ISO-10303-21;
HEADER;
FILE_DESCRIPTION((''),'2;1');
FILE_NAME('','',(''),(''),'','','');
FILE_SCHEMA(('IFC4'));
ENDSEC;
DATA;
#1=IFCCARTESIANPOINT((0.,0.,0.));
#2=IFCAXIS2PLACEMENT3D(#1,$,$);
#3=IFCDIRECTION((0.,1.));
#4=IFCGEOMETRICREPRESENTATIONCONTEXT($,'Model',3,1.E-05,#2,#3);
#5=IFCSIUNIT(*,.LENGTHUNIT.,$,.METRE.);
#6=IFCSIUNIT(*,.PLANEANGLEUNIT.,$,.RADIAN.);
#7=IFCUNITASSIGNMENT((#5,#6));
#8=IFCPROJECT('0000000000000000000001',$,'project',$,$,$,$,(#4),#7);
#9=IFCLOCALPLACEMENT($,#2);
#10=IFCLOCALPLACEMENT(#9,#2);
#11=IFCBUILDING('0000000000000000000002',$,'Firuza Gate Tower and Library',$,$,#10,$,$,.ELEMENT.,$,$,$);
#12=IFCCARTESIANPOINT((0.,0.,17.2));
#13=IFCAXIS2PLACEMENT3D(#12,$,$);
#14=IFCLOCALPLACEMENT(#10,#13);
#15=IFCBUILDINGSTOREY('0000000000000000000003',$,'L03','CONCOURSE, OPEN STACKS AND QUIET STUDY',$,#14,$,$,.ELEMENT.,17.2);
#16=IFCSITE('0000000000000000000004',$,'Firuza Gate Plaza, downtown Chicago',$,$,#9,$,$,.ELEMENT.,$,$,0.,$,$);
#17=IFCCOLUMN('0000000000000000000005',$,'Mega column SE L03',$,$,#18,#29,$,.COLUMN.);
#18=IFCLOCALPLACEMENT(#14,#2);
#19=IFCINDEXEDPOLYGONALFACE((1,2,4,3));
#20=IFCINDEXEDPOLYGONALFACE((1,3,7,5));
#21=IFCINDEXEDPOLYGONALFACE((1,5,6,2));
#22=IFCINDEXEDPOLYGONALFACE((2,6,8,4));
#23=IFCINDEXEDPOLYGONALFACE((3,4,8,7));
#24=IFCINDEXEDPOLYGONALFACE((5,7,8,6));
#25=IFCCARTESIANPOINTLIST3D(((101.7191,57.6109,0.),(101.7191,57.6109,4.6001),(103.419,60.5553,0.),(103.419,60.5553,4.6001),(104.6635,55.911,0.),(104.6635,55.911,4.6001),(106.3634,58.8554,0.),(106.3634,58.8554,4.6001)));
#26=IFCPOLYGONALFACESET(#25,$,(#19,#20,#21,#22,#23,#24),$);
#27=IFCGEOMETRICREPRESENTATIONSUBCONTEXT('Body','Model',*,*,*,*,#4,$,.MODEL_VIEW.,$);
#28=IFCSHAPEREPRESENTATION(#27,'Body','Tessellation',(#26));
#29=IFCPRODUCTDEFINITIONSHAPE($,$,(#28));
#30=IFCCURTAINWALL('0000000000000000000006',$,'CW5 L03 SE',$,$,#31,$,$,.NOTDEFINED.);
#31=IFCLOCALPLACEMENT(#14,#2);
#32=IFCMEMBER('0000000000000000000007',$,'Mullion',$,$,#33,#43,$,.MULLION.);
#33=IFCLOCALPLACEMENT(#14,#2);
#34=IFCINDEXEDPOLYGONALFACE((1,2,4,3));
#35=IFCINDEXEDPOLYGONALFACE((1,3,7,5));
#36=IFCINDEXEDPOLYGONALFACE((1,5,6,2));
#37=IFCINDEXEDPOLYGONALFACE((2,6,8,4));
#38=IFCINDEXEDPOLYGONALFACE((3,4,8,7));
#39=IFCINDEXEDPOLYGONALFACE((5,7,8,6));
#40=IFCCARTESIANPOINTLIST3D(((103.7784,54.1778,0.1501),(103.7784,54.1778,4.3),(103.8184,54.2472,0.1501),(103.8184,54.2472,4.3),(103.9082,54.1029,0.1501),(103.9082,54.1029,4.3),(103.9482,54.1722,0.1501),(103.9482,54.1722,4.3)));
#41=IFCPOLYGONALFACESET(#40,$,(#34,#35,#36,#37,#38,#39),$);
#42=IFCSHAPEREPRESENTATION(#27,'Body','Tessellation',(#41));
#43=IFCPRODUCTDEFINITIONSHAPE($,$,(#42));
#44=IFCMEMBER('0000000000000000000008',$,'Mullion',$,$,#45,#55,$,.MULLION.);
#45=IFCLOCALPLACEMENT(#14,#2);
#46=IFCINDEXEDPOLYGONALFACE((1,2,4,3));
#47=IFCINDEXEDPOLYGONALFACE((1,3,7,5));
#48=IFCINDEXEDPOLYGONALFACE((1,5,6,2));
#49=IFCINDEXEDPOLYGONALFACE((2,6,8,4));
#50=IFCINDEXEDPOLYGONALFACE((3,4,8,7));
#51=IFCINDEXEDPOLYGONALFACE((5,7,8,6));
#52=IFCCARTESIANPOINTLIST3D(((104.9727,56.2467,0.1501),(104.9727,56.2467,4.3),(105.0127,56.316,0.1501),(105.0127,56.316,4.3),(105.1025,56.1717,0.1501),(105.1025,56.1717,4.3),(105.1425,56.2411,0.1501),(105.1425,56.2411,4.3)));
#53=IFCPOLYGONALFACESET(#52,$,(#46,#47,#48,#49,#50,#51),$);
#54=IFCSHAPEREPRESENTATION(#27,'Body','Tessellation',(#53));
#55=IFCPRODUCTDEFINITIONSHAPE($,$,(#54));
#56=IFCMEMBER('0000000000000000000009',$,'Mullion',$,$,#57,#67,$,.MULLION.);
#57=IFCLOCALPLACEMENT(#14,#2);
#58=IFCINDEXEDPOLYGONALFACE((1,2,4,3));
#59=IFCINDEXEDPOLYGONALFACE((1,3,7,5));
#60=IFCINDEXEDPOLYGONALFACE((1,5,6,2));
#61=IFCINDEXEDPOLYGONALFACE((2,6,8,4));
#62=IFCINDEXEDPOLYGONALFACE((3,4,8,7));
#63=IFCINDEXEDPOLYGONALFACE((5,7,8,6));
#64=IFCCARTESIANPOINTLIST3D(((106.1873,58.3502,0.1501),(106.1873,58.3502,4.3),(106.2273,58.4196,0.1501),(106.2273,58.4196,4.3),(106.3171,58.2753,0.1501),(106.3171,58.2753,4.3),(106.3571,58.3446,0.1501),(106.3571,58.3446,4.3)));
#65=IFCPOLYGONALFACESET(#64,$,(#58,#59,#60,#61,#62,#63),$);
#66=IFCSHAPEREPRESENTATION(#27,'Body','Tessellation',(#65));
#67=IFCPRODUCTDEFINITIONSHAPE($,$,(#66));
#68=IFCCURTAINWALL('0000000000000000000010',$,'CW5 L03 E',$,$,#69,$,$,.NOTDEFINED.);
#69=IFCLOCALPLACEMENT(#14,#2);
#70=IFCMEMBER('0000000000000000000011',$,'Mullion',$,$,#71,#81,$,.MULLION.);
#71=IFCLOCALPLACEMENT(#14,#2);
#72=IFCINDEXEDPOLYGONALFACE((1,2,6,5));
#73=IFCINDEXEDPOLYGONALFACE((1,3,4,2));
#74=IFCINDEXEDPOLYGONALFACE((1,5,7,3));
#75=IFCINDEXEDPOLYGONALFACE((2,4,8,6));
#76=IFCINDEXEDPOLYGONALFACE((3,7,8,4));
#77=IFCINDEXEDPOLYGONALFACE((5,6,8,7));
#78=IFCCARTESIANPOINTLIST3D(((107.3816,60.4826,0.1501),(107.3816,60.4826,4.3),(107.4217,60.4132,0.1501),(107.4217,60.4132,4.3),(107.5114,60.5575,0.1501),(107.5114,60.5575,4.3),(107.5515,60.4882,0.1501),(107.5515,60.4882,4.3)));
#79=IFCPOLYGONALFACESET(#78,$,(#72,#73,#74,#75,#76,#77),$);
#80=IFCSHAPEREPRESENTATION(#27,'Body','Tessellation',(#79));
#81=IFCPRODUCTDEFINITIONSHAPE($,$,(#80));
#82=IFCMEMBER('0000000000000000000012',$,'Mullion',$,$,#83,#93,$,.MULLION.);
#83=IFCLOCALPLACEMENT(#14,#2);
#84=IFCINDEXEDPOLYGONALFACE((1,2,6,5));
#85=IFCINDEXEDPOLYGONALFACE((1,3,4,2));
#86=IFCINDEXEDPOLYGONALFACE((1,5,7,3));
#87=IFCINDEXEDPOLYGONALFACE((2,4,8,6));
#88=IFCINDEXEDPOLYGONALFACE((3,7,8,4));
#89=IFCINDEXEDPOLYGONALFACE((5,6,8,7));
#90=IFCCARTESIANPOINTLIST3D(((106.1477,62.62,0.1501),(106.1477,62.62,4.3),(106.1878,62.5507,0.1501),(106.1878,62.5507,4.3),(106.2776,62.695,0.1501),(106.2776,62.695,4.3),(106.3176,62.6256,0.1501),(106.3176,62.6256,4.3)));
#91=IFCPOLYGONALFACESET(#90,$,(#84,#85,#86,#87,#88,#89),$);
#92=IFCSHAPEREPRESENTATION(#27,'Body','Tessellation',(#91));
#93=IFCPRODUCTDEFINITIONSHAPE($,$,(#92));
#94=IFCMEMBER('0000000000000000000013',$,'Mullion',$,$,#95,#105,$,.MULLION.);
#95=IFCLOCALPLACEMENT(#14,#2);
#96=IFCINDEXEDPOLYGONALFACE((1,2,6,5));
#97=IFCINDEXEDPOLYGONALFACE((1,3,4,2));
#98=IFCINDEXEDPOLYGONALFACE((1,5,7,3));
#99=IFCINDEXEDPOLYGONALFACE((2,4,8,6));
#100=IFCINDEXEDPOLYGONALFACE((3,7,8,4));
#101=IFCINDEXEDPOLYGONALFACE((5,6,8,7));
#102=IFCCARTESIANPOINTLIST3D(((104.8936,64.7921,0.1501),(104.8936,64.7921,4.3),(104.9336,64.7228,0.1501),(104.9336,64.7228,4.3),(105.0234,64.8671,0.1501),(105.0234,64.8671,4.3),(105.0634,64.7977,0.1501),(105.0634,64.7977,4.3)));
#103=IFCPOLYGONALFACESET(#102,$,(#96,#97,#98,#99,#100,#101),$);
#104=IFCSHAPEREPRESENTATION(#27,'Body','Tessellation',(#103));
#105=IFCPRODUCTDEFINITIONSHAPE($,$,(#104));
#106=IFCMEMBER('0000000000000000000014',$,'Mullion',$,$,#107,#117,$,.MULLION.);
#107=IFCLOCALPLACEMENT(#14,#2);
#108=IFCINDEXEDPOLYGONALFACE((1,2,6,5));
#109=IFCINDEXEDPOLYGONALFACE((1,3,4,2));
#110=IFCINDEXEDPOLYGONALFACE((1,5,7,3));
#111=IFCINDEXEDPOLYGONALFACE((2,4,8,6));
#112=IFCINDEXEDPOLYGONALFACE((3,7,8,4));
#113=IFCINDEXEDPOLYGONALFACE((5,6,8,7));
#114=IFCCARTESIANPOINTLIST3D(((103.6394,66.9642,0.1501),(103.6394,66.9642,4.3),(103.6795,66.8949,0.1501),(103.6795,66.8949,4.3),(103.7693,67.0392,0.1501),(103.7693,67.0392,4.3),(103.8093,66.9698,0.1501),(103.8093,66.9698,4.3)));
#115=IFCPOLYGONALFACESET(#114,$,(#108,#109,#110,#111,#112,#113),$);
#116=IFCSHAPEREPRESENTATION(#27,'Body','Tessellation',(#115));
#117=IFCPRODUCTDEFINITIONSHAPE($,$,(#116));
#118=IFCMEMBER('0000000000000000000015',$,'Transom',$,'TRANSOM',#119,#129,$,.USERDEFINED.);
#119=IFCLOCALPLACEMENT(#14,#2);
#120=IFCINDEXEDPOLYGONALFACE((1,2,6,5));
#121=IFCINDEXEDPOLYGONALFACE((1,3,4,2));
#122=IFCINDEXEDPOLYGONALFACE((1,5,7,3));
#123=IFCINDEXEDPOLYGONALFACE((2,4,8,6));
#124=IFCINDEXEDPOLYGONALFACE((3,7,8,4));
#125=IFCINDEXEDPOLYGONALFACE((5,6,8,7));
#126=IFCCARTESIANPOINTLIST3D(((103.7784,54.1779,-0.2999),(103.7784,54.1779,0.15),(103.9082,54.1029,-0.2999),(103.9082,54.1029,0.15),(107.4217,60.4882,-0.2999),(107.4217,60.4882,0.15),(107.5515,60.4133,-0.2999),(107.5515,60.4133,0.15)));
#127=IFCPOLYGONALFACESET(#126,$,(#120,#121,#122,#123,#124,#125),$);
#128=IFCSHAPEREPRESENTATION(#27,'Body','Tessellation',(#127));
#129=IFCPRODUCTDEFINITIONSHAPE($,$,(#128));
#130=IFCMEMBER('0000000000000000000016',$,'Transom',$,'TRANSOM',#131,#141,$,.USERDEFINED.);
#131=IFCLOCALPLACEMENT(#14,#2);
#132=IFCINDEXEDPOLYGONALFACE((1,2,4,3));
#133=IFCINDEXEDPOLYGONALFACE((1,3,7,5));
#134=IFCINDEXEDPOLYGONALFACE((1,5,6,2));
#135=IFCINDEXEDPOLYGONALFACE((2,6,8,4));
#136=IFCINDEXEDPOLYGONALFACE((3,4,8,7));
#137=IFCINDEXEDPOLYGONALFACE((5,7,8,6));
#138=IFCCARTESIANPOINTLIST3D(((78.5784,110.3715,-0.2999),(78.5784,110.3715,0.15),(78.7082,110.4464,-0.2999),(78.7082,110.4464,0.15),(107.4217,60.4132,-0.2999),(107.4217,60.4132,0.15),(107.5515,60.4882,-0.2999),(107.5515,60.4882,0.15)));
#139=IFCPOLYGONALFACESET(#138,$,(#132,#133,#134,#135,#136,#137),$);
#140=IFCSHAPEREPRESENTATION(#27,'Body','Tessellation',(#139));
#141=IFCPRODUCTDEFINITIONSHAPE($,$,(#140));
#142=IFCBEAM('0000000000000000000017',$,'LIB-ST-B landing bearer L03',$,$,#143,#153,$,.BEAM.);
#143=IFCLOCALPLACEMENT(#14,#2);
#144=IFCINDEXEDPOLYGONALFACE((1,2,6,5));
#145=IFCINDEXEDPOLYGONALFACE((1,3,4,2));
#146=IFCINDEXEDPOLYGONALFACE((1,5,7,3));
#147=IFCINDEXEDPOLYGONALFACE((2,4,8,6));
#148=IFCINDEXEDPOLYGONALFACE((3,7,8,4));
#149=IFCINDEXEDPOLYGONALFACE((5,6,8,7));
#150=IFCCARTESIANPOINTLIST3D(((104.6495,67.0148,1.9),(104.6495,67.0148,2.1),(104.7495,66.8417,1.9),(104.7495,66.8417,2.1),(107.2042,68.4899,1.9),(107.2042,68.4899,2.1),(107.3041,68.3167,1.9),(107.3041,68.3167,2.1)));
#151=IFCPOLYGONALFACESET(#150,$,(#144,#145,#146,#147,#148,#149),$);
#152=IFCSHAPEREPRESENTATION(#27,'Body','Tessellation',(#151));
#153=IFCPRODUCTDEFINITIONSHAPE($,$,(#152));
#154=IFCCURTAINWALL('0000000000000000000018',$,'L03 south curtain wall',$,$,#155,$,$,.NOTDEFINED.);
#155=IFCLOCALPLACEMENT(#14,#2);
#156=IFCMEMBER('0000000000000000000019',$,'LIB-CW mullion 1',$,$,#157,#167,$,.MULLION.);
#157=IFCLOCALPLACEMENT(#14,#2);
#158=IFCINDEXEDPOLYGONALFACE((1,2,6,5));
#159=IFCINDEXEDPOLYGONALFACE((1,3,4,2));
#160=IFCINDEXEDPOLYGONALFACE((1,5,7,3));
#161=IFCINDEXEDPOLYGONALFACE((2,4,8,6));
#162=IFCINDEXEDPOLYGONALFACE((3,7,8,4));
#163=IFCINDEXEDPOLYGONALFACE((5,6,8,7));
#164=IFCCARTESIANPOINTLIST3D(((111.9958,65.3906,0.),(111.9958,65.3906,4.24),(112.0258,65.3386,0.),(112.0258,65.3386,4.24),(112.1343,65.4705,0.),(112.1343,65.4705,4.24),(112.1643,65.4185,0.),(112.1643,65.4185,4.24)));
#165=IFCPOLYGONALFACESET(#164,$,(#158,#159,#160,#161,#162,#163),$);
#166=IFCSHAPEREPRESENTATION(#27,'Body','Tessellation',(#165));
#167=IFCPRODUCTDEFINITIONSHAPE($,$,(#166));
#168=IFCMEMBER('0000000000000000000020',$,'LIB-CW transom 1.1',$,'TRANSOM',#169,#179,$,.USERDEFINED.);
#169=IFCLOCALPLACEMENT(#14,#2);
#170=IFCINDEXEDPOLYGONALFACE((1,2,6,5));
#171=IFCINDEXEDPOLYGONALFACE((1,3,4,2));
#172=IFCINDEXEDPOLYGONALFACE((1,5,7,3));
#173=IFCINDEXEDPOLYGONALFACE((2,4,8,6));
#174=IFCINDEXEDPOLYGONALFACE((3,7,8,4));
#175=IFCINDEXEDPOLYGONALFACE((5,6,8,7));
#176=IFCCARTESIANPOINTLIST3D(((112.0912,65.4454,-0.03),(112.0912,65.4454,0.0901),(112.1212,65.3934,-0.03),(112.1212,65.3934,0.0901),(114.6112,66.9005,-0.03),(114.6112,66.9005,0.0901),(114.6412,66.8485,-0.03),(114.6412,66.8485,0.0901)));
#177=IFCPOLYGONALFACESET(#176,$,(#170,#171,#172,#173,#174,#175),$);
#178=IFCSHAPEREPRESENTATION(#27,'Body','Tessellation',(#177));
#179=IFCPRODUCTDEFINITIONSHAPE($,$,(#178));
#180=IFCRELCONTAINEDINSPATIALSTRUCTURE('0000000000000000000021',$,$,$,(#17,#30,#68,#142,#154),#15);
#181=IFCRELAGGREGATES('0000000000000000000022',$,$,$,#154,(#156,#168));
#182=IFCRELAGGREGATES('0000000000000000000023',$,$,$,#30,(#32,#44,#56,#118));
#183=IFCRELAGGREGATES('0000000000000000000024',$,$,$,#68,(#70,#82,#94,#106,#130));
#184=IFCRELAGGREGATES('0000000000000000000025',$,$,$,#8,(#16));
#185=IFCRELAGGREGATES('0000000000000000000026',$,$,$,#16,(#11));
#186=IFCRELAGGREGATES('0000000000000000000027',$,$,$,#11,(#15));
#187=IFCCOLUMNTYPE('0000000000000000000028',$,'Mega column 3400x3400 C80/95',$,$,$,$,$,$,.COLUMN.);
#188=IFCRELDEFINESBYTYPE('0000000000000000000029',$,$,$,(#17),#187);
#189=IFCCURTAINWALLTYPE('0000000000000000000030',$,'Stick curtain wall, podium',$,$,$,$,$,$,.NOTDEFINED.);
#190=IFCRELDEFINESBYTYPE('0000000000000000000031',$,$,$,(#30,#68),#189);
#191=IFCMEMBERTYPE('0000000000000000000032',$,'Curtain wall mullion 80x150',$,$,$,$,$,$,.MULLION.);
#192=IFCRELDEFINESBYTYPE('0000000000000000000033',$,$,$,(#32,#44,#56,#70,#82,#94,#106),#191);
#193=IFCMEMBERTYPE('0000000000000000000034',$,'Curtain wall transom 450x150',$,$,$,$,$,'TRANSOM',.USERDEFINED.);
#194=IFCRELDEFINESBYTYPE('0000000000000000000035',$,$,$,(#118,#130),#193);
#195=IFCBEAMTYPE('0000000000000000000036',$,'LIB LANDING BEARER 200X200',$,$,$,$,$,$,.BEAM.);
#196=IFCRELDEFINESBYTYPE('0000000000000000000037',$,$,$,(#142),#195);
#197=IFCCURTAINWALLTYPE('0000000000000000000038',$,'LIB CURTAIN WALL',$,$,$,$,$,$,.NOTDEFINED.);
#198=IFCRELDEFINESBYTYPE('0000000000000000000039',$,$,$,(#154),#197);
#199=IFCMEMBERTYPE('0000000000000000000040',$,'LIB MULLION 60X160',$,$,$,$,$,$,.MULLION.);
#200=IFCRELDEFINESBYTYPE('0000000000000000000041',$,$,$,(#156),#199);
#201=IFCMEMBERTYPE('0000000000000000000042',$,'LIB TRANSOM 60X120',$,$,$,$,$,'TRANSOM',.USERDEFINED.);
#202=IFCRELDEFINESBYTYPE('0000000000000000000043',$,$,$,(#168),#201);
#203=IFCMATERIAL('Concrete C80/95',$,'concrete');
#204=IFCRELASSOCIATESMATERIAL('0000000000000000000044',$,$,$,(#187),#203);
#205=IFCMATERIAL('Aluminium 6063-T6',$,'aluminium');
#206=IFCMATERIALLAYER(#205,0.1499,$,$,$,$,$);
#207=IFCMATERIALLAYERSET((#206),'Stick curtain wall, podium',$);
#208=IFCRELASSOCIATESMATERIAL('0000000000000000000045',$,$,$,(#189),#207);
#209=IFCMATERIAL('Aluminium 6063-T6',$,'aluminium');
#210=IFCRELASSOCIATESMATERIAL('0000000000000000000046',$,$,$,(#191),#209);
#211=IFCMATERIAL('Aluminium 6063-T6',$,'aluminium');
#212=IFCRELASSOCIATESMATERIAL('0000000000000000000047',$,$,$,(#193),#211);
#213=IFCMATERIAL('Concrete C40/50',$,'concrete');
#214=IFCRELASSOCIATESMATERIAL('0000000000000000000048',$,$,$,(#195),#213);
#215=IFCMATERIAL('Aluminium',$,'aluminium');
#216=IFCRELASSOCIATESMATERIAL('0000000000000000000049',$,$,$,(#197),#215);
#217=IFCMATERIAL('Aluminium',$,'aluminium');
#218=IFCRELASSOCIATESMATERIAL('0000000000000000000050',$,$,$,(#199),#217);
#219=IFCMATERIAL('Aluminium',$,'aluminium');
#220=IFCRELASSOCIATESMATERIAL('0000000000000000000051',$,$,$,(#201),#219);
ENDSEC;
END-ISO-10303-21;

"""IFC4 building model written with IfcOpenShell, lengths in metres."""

from ifc_helpers import new_model, si_unit, direction, frame, origin, origin_2d, place, context, subcontext, project, spatial, rectangle, extrude, material, layer, layer_set, material_profile, profile_set, type_object, element, aggregate, save


model = new_model("IFC4")

# Units and contexts
model_context = context("Model", 3, precision=1e-05, world=origin(), true_north=direction((0.0, 1.0)))
body_context = subcontext(model_context, "Body", "Model", "MODEL_VIEW")
ifc_project = project(units=[si_unit("LENGTHUNIT", "METRE"), si_unit("PLANEANGLEUNIT", "RADIAN")], contexts=[model_context])

# Site, building, storey
site_placement = place(None, origin())
site = spatial("IfcSite", under=ifc_project, at=site_placement, Name="Firuza Gate Plaza, downtown Chicago", CompositionType="ELEMENT", RefElevation=0.0)
building_placement = place(site_placement, origin())
building = spatial("IfcBuilding", under=site, at=building_placement, Name="Firuza Gate Tower and Library", CompositionType="ELEMENT")
storey_placement = place(building_placement, frame((0.0, 0.0, 17.2)))
storey = spatial("IfcBuildingStorey", under=building, at=storey_placement, Name="L03", Description="CONCOURSE, OPEN STACKS AND QUIET STUDY", CompositionType="ELEMENT", Elevation=17.2)

# Column
ifc_material_1 = material(Name="Concrete C80/95", Category="concrete")
ifc_material_profile_1 = material_profile(ifc_material_1, rectangle(XDim=3.3999, YDim=3.3999, at=origin_2d()))
ifc_profile_set_1 = profile_set([ifc_material_profile_1], Name="Concrete C80/95")
column_type = type_object("IfcColumnType", Name="Mega column 3400x3400 C80/95", PredefinedType="COLUMN", material=ifc_profile_set_1)
column_placement = place(storey_placement, frame((104.0413, 58.2332, 0.0), z_axis=(0.0, 0.0, 1.0), x_axis=(0.5, 0.866025, 0.0)))
element("IfcColumn", 1, at=column_placement, inside=storey, type_object=column_type, Name="Mega column SE L03", PredefinedType="COLUMN", context=body_context, shape_type="SweptSolid", body=[
    extrude(rectangle(XDim=3.3999, YDim=3.3999, at=origin_2d()), origin(), (0.0, 0.0, 1.0), 4.6001),
])

# Curtain walls, members
ifc_material_2 = material(Name="Aluminium 6063-T6", Category="aluminium")
ifc_layer_1 = layer(ifc_material_2, 0.1499)
ifc_layer_set_1 = layer_set([ifc_layer_1], Name="Stick curtain wall, podium")
curtain_wall_type_1 = type_object("IfcCurtainWallType", Name="Stick curtain wall, podium", PredefinedType="NOTDEFINED", material=ifc_layer_set_1)
placement = place(storey_placement, origin())
curtain_wall_1 = element("IfcCurtainWall", 2, at=placement, inside=storey, type_object=curtain_wall_type_1, Name="CW5 L03 SE", PredefinedType="NOTDEFINED")
ifc_material_3 = material(Name="Aluminium 6063-T6", Category="aluminium")
ifc_material_profile_2 = material_profile(ifc_material_3, rectangle(XDim=0.1499, YDim=0.0801, at=origin_2d()))
ifc_profile_set_2 = profile_set([ifc_material_profile_2], Name="Aluminium 6063-T6")
member_type_1 = type_object("IfcMemberType", Name="Curtain wall mullion 80x150", PredefinedType="MULLION", material=ifc_profile_set_2)
member_1_placement = place(storey_placement, frame((103.8633, 54.175, 0.1501), z_axis=(0.0, 0.0, 1.0), x_axis=(-0.866025, 0.5, 0.0)))
member_1 = element("IfcMember", 3, at=member_1_placement, type_object=member_type_1, Name="Mullion", PredefinedType="MULLION", context=body_context, shape_type="SweptSolid", body=[
    extrude(rectangle(XDim=0.1499, YDim=0.0801, at=origin_2d()), origin(), (0.0, 0.0, 1.0), 4.1499),
])
member_2_placement = place(storey_placement, frame((105.0576, 56.2439, 0.1501), z_axis=(0.0, 0.0, 1.0), x_axis=(-0.866025, 0.5, 0.0)))
member_2 = element("IfcMember", 4, at=member_2_placement, type_object=member_type_1, Name="Mullion", PredefinedType="MULLION", context=body_context, shape_type="SweptSolid", body=[
    extrude(rectangle(XDim=0.1499, YDim=0.0801, at=origin_2d()), origin(), (0.0, 0.0, 1.0), 4.1499),
])
member_3_placement = place(storey_placement, frame((106.2722, 58.3474, 0.1501), z_axis=(0.0, 0.0, 1.0), x_axis=(-0.866025, 0.5, 0.0)))
member_3 = element("IfcMember", 5, at=member_3_placement, type_object=member_type_1, Name="Mullion", PredefinedType="MULLION", context=body_context, shape_type="SweptSolid", body=[
    extrude(rectangle(XDim=0.1499, YDim=0.0801, at=origin_2d()), origin(), (0.0, 0.0, 1.0), 4.1499),
])
curtain_wall_2 = element("IfcCurtainWall", 6, at=placement, inside=storey, type_object=curtain_wall_type_1, Name="CW5 L03 E", PredefinedType="NOTDEFINED")
member_4_placement = place(storey_placement, frame((107.4666, 60.4854, 0.1501), z_axis=(0.0, 0.0, 1.0), x_axis=(-0.866025, -0.5, 0.0)))
member_4 = element("IfcMember", 7, at=member_4_placement, type_object=member_type_1, Name="Mullion", PredefinedType="MULLION", context=body_context, shape_type="SweptSolid", body=[
    extrude(rectangle(XDim=0.1499, YDim=0.0801, at=origin_2d()), origin(), (0.0, 0.0, 1.0), 4.1499),
])
member_5_placement = place(storey_placement, frame((106.2327, 62.6228, 0.1501), z_axis=(0.0, 0.0, 1.0), x_axis=(-0.866025, -0.5, 0.0)))
member_5 = element("IfcMember", 8, at=member_5_placement, type_object=member_type_1, Name="Mullion", PredefinedType="MULLION", context=body_context, shape_type="SweptSolid", body=[
    extrude(rectangle(XDim=0.1499, YDim=0.0801, at=origin_2d()), origin(), (0.0, 0.0, 1.0), 4.1499),
])
member_6_placement = place(storey_placement, frame((104.9785, 64.7949, 0.1501), z_axis=(0.0, 0.0, 1.0), x_axis=(-0.866025, -0.5, 0.0)))
member_6 = element("IfcMember", 9, at=member_6_placement, type_object=member_type_1, Name="Mullion", PredefinedType="MULLION", context=body_context, shape_type="SweptSolid", body=[
    extrude(rectangle(XDim=0.1499, YDim=0.0801, at=origin_2d()), origin(), (0.0, 0.0, 1.0), 4.1499),
])
member_7_placement = place(storey_placement, frame((103.7244, 66.967, 0.1501), z_axis=(0.0, 0.0, 1.0), x_axis=(-0.866025, -0.5, 0.0)))
member_7 = element("IfcMember", 10, at=member_7_placement, type_object=member_type_1, Name="Mullion", PredefinedType="MULLION", context=body_context, shape_type="SweptSolid", body=[
    extrude(rectangle(XDim=0.1499, YDim=0.0801, at=origin_2d()), origin(), (0.0, 0.0, 1.0), 4.1499),
])

# Members
ifc_material_4 = material(Name="Aluminium 6063-T6", Category="aluminium")
ifc_material_profile_3 = material_profile(ifc_material_4, rectangle(XDim=0.1499, YDim=0.45, at=origin_2d()))
ifc_profile_set_3 = profile_set([ifc_material_profile_3], Name="Aluminium 6063-T6")
member_type_2 = type_object("IfcMemberType", Name="Curtain wall transom 450x150", ElementType="TRANSOM", PredefinedType="USERDEFINED", material=ifc_profile_set_3)
member_8_placement = place(storey_placement, frame((103.8433, 54.1404, -0.075), z_axis=(0.500006, 0.866022, 0.0), x_axis=(-0.866022, 0.500006, 0.0)))
member_8 = element("IfcMember", 11, at=member_8_placement, type_object=member_type_2, Name="Transom", ObjectType="TRANSOM", PredefinedType="USERDEFINED", context=body_context, shape_type="SweptSolid", body=[
    extrude(rectangle(XDim=0.1499, YDim=0.45, at=origin_2d()), origin(), (0.0, 0.0, 1.0), 7.2866),
])
member_9_placement = place(storey_placement, frame((107.4866, 60.4507, -0.075), z_axis=(-0.499998, 0.866027, 0.0), x_axis=(-0.866027, -0.499998, 0.0)))
member_9 = element("IfcMember", 12, at=member_9_placement, type_object=member_type_2, Name="Transom", ObjectType="TRANSOM", PredefinedType="USERDEFINED", context=body_context, shape_type="SweptSolid", body=[
    extrude(rectangle(XDim=0.1499, YDim=0.45, at=origin_2d()), origin(), (0.0, 0.0, 1.0), 57.6868),
])

# Beam
ifc_material_5 = material(Name="Concrete C40/50", Category="concrete")
ifc_material_profile_4 = material_profile(ifc_material_5, rectangle(XDim=0.2, YDim=0.2, at=origin_2d()))
ifc_profile_set_4 = profile_set([ifc_material_profile_4], Name="Concrete C40/50")
beam_type_1 = type_object("IfcBeamType", Name="LIB LANDING BEARER 200X200", PredefinedType="BEAM", material=ifc_profile_set_4)
beam_1_placement = place(storey_placement, frame((107.2542, 68.4033, 2.0), z_axis=(-0.866004, -0.500038, 0.0), x_axis=(0.500038, -0.866004, 0.0)))
element("IfcBeam", 13, at=beam_1_placement, inside=storey, type_object=beam_type_1, Name="LIB-ST-B landing bearer L03", PredefinedType="BEAM", context=body_context, shape_type="SweptSolid", body=[
    extrude(rectangle(XDim=0.2, YDim=0.2, at=origin_2d()), origin(), (0.0, 0.0, 1.0), 2.95),
])

# Curtain wall, members
ifc_material_6 = material(Name="Aluminium", Category="aluminium")
curtain_wall_type_2 = type_object("IfcCurtainWallType", Name="LIB CURTAIN WALL", PredefinedType="NOTDEFINED", material=ifc_material_6)
curtain_wall_3 = element("IfcCurtainWall", 14, at=placement, inside=storey, type_object=curtain_wall_type_2, Name="L03 south curtain wall", PredefinedType="NOTDEFINED")
ifc_material_7 = material(Name="Aluminium", Category="aluminium")
ifc_material_profile_5 = material_profile(ifc_material_7, rectangle(XDim=0.0601, YDim=0.1599, at=origin_2d()))
ifc_profile_set_5 = profile_set([ifc_material_profile_5], Name="Aluminium")
member_type_3 = type_object("IfcMemberType", Name="LIB MULLION 60X160", PredefinedType="MULLION", material=ifc_profile_set_5)
member_10_placement = place(storey_placement, frame((112.0801, 65.4045, 0.0), z_axis=(0.0, 0.0, 1.0), x_axis=(-0.500001, 0.866025, 0.0)))
member_10 = element("IfcMember", 15, at=member_10_placement, type_object=member_type_3, Name="LIB-CW mullion 1", PredefinedType="MULLION", context=body_context, shape_type="SweptSolid", body=[
    extrude(rectangle(XDim=0.0601, YDim=0.1599, at=origin_2d()), origin(), (0.0, 0.0, 1.0), 4.24),
])
ifc_material_8 = material(Name="Aluminium", Category="aluminium")
ifc_material_profile_6 = material_profile(ifc_material_8, rectangle(XDim=0.0601, YDim=0.1201, at=origin_2d()))
ifc_profile_set_6 = profile_set([ifc_material_profile_6], Name="Aluminium")
member_type_4 = type_object("IfcMemberType", Name="LIB TRANSOM 60X120", ElementType="TRANSOM", PredefinedType="USERDEFINED", material=ifc_profile_set_6)
member_11_placement = place(storey_placement, frame((112.1062, 65.4194, 0.03), z_axis=(0.866004, 0.500037, 0.0), x_axis=(-0.500037, 0.866004, 0.0)))
member_11 = element("IfcMember", 16, at=member_11_placement, type_object=member_type_4, Name="LIB-CW transom 1.1", ObjectType="TRANSOM", PredefinedType="USERDEFINED", context=body_context, shape_type="SweptSolid", body=[
    extrude(rectangle(XDim=0.0601, YDim=0.1201, at=origin_2d()), origin(), (0.0, 0.0, 1.0), 2.9099),
])
aggregate(curtain_wall_3, [member_10, member_11])

aggregate(curtain_wall_1, [member_1, member_2, member_3, member_8])
aggregate(curtain_wall_2, [member_4, member_5, member_6, member_7, member_9])

save(model, "model.ifc")
